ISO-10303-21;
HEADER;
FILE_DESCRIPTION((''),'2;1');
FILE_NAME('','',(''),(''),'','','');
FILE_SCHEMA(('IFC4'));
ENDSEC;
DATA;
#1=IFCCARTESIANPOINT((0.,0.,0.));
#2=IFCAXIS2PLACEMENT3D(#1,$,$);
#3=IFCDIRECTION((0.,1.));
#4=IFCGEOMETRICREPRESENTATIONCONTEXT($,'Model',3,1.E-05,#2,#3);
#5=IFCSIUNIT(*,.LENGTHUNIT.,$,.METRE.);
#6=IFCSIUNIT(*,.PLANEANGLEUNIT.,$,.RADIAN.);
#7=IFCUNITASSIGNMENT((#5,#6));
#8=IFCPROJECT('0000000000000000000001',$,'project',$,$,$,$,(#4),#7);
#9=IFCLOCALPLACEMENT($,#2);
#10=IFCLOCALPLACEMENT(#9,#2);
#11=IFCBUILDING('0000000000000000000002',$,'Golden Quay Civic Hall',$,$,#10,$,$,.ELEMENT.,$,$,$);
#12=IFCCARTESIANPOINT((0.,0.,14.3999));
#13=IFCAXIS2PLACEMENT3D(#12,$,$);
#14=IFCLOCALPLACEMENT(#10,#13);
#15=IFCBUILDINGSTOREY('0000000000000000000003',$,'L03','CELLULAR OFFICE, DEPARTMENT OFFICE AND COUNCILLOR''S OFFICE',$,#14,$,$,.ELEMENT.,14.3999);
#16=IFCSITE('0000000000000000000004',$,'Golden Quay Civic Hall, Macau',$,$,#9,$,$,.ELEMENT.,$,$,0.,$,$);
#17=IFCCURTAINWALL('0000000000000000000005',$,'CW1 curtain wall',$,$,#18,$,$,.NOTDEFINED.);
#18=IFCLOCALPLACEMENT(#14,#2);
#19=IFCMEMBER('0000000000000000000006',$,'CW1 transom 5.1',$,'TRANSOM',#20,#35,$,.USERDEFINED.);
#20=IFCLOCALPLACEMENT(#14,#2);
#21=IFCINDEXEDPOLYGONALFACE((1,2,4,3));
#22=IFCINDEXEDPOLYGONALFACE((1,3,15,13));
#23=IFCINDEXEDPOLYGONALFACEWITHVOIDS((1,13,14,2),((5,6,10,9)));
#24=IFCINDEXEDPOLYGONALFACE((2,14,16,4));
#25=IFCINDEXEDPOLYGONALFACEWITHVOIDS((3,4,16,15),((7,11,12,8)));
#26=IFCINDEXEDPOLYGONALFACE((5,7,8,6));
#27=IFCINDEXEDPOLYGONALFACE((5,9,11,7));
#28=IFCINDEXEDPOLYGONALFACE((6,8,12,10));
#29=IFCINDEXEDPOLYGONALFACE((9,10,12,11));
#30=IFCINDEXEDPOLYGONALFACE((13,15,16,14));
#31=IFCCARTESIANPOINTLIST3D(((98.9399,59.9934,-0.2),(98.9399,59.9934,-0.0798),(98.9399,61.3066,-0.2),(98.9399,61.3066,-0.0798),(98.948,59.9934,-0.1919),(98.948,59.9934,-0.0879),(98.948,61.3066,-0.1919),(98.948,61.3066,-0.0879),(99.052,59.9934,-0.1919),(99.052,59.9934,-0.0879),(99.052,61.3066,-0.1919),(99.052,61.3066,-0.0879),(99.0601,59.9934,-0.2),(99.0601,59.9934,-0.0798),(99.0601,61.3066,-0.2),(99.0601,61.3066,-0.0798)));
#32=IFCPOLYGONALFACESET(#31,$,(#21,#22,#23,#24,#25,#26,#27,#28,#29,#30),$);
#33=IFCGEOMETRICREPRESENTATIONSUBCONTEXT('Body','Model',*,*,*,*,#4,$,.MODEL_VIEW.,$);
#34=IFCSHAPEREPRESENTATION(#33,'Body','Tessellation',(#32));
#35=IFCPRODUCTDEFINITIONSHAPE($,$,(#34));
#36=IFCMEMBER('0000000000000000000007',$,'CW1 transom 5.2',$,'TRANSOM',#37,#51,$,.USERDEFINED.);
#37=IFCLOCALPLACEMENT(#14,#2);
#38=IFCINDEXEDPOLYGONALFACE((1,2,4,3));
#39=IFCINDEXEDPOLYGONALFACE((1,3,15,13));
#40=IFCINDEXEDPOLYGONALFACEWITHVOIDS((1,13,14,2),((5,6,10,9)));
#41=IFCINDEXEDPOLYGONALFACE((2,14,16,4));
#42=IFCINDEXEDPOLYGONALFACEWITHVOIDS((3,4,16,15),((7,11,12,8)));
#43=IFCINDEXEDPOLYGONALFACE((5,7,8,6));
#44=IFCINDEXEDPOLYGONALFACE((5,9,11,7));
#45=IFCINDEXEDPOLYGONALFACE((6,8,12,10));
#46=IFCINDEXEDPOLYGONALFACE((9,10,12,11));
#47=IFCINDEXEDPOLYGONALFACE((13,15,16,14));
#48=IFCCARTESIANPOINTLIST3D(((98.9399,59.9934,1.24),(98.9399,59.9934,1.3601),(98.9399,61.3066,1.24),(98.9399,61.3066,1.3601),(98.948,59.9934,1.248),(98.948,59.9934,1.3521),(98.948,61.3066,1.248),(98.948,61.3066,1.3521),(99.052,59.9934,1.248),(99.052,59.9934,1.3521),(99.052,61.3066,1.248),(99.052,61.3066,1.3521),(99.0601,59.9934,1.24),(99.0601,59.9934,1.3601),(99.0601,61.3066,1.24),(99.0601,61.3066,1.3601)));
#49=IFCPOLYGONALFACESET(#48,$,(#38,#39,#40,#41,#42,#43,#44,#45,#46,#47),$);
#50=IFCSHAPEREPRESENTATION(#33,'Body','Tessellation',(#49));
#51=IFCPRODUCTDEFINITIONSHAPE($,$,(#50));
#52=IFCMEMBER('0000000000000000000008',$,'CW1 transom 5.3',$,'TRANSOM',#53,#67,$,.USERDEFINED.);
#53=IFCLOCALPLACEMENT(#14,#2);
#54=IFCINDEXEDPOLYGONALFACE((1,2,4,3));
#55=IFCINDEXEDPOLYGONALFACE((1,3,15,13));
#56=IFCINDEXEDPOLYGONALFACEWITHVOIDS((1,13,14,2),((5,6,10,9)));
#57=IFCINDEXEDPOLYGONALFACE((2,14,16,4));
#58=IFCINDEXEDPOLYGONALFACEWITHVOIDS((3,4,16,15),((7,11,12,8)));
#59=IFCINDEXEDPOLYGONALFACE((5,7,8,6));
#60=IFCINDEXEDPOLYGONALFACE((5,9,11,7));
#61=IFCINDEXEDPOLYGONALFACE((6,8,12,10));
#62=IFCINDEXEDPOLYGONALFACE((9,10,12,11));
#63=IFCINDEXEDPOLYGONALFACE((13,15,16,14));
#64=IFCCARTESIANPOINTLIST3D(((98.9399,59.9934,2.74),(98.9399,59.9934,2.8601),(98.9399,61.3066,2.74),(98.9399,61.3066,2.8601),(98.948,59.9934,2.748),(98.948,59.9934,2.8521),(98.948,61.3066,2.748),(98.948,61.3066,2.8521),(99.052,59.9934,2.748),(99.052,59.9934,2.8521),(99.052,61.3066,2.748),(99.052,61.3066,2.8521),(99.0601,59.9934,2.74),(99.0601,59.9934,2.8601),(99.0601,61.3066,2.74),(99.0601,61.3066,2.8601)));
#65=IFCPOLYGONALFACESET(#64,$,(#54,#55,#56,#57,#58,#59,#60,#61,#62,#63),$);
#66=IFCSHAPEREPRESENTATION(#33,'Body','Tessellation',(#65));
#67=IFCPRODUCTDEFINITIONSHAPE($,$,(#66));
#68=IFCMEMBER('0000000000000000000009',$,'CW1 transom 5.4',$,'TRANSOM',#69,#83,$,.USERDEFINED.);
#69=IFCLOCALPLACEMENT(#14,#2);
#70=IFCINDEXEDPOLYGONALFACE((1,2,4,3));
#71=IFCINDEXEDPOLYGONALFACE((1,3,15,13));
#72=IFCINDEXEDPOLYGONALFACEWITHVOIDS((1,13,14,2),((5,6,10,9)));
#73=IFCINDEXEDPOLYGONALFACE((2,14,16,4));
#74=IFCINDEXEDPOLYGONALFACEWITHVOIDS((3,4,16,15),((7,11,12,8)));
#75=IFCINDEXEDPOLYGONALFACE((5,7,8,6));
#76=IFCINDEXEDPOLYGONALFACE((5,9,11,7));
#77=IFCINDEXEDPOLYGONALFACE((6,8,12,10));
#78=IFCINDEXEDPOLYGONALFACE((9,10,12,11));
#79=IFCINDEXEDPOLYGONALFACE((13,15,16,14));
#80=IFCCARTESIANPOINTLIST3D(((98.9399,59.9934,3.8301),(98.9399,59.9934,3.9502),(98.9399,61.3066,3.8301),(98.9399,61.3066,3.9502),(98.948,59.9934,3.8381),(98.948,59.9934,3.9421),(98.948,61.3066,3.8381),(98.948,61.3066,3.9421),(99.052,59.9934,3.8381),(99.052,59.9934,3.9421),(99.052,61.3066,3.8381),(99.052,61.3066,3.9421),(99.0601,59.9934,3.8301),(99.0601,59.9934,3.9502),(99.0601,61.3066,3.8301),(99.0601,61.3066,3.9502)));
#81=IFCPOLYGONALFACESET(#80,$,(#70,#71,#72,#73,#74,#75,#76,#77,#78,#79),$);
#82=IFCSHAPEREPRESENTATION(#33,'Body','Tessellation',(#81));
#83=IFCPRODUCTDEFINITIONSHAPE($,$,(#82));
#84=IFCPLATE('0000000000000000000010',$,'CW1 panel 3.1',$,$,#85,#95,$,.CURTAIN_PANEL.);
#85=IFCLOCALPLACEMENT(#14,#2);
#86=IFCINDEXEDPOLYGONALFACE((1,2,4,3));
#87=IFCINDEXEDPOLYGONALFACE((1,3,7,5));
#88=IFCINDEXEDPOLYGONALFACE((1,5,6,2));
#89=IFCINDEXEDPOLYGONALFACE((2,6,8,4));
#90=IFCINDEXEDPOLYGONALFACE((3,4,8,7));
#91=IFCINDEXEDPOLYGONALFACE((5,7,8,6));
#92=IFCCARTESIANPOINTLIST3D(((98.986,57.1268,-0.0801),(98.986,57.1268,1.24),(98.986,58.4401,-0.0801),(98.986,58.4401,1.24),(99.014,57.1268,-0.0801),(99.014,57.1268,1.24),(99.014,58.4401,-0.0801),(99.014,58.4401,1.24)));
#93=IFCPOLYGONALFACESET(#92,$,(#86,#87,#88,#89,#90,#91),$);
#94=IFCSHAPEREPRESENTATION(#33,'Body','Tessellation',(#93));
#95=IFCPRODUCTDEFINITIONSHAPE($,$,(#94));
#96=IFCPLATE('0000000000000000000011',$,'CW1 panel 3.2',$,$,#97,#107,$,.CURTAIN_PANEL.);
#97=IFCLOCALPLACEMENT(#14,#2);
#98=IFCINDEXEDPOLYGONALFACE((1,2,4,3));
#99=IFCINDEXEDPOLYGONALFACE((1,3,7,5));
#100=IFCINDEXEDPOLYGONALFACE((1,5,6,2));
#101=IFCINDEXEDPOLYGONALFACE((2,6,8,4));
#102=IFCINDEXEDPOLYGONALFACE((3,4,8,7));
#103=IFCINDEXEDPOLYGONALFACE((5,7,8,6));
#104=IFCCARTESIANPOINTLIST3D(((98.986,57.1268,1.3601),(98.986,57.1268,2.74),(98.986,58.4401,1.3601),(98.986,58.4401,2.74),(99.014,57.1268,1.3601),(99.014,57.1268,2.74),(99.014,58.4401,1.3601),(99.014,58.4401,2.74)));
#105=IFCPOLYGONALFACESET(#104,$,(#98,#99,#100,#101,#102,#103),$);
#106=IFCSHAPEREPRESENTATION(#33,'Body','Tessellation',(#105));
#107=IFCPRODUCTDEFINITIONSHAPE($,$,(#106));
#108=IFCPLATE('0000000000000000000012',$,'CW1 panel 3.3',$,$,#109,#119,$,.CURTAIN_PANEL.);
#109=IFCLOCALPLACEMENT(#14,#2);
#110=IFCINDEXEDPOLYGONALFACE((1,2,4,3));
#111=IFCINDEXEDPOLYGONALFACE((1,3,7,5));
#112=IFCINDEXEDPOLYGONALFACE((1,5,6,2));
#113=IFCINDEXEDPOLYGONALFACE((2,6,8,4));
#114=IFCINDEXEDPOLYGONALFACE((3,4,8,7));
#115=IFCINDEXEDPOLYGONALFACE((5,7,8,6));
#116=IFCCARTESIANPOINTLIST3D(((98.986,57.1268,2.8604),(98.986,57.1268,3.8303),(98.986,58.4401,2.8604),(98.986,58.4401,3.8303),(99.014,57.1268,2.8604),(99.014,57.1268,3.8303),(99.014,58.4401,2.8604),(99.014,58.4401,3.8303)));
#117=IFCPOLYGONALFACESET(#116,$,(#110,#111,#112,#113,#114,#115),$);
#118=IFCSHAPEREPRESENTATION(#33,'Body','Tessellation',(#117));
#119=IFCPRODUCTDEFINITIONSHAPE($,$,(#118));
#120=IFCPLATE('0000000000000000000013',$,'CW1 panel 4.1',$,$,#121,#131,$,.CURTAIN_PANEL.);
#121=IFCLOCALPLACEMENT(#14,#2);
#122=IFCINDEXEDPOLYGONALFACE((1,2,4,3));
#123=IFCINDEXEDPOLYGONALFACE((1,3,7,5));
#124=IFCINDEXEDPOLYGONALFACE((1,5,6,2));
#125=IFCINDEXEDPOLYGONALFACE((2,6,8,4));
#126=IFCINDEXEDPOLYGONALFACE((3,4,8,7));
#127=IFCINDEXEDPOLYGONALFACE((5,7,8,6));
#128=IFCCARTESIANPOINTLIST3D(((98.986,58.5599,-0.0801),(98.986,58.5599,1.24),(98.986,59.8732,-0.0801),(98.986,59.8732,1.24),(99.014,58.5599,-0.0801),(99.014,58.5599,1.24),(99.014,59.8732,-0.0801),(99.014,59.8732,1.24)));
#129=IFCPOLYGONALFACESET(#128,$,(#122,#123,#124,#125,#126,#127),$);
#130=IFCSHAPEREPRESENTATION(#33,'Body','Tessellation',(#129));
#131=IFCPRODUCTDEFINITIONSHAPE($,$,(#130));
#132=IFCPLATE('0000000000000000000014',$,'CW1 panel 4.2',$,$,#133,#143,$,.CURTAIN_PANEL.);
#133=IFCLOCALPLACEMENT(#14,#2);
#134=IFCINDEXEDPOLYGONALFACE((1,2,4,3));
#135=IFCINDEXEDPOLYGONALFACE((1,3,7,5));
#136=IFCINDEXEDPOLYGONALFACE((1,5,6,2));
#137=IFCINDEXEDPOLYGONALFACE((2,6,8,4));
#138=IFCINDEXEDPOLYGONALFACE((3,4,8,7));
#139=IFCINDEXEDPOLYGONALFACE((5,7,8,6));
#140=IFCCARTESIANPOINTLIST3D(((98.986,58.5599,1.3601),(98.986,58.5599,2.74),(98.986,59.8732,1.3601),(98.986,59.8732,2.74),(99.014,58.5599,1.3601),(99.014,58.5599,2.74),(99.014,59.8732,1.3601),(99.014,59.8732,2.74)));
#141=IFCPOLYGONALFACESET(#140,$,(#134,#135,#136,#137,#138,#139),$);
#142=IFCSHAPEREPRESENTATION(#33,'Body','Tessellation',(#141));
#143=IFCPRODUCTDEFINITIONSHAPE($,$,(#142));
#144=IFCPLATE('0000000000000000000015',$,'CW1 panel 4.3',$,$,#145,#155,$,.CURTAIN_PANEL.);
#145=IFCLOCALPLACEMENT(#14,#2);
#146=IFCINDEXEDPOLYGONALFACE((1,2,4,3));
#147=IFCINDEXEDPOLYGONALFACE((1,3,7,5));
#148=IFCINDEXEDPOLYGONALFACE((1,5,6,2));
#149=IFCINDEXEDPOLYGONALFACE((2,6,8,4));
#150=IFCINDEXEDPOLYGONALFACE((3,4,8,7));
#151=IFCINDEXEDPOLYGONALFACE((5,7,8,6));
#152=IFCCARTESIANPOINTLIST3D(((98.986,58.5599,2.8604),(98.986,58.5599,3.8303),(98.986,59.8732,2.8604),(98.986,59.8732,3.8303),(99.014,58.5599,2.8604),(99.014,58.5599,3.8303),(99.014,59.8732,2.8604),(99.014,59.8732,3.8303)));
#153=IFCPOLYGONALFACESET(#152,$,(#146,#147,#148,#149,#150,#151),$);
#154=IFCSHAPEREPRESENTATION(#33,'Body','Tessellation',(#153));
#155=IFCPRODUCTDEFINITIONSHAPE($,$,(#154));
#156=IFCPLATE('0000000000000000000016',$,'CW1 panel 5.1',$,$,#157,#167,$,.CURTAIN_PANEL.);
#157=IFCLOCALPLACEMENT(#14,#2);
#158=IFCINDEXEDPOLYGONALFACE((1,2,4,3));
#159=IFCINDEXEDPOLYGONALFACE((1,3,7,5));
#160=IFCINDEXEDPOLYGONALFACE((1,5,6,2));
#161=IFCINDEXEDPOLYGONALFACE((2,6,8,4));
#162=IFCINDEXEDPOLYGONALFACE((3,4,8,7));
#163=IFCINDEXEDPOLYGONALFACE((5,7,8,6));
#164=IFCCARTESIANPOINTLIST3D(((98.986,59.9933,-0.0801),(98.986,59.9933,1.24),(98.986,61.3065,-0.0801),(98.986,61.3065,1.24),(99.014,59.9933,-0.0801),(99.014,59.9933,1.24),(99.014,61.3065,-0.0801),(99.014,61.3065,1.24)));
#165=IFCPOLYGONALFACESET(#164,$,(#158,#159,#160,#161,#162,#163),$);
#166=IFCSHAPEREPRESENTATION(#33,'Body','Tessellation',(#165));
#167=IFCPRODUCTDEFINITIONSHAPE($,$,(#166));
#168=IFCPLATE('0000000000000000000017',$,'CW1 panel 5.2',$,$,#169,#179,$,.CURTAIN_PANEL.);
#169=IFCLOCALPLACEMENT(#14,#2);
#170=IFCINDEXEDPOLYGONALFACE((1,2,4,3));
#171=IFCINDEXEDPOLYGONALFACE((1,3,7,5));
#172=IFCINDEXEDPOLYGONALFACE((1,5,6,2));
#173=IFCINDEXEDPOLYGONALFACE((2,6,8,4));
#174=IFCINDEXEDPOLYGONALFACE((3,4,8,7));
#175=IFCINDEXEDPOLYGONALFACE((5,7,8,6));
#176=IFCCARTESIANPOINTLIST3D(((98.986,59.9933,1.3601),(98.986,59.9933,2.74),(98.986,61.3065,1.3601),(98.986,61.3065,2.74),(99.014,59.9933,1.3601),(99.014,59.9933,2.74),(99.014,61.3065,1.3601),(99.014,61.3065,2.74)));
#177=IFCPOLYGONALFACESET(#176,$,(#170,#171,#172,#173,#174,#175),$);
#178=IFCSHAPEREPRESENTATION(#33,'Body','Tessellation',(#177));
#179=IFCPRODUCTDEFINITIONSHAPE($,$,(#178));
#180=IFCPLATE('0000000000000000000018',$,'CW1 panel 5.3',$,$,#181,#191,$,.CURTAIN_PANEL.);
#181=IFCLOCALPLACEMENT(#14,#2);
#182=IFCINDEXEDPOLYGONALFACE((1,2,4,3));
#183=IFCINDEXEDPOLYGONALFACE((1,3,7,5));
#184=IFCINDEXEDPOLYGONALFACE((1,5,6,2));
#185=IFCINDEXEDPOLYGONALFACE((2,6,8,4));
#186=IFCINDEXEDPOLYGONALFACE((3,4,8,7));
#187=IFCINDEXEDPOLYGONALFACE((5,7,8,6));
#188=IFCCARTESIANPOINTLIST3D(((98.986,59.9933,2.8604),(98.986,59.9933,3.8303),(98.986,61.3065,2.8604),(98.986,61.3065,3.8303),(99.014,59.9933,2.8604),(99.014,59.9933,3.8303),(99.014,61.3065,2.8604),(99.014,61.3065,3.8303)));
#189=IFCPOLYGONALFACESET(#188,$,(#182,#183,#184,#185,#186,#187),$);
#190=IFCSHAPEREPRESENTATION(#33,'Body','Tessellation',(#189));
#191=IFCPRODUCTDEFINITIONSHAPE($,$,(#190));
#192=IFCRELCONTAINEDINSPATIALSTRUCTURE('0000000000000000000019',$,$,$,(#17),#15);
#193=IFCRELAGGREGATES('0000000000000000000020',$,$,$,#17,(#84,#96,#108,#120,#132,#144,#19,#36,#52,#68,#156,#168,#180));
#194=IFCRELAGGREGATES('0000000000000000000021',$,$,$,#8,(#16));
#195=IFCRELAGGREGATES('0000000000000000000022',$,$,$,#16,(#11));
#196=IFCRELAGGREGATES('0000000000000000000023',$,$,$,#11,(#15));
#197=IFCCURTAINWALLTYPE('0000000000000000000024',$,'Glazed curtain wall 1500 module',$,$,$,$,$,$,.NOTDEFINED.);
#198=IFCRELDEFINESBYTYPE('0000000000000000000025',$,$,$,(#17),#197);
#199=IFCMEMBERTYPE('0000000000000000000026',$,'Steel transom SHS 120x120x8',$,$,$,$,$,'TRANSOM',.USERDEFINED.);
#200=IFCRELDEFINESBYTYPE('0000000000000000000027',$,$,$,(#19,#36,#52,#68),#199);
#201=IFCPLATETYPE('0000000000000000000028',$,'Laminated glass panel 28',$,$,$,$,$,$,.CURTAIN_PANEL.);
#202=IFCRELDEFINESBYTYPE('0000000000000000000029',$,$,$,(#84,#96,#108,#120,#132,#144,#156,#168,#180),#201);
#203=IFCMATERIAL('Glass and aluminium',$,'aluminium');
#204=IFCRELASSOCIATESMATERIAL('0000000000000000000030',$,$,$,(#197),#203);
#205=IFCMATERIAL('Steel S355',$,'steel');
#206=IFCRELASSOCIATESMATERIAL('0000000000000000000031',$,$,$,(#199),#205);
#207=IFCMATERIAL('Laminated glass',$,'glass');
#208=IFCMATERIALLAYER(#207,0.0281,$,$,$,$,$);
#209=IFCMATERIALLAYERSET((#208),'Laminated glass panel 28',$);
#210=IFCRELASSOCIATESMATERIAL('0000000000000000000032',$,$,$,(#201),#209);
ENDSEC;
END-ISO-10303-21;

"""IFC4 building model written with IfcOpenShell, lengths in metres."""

from ifc_helpers import new_model, si_unit, direction, frame, origin, origin_2d, place, context, subcontext, project, spatial, rectangle, hollow_rectangle, extrude, material, layer, layer_set, material_profile, profile_set, type_object, element, aggregate, save


model = new_model("IFC4")

# Units and contexts
model_context = context("Model", 3, precision=1e-05, world=origin(), true_north=direction((0.0, 1.0)))
body_context = subcontext(model_context, "Body", "Model", "MODEL_VIEW")
ifc_project = project(units=[si_unit("LENGTHUNIT", "METRE"), si_unit("PLANEANGLEUNIT", "RADIAN")], contexts=[model_context])

# Site, building, storey
site_placement = place(None, origin())
site = spatial("IfcSite", under=ifc_project, at=site_placement, Name="Golden Quay Civic Hall, Macau", CompositionType="ELEMENT", RefElevation=0.0)
building_placement = place(site_placement, origin())
building = spatial("IfcBuilding", under=site, at=building_placement, Name="Golden Quay Civic Hall", CompositionType="ELEMENT")
storey_placement = place(building_placement, frame((0.0, 0.0, 14.3999)))
storey = spatial("IfcBuildingStorey", under=building, at=storey_placement, Name="L03", Description="CELLULAR OFFICE, DEPARTMENT OFFICE AND COUNCILLOR'S OFFICE", CompositionType="ELEMENT", Elevation=14.3999)

# Curtain wall, members, plates
ifc_material_1 = material(Name="Glass and aluminium", Category="aluminium")
curtain_wall_type = type_object("IfcCurtainWallType", Name="Glazed curtain wall 1500 module", PredefinedType="NOTDEFINED", material=ifc_material_1)
curtain_wall_placement = place(storey_placement, origin())
curtain_wall = element("IfcCurtainWall", 1, at=curtain_wall_placement, inside=storey, type_object=curtain_wall_type, Name="CW1 curtain wall", PredefinedType="NOTDEFINED")
ifc_material_2 = material(Name="Steel S355", Category="steel")
ifc_material_profile_1 = material_profile(ifc_material_2, hollow_rectangle(XDim=0.1201, YDim=0.1201, WallThickness=0.0081, at=origin_2d()), Name="SHS 120x120x8")
ifc_profile_set_1 = profile_set([ifc_material_profile_1], Name="Steel S355")
member_type_1 = type_object("IfcMemberType", Name="Steel transom SHS 120x120x8", ElementType="TRANSOM", PredefinedType="USERDEFINED", material=ifc_profile_set_1)
member_1_placement = place(storey_placement, frame((99.0, 59.9934, -0.1399), z_axis=(0.0, 1.0, 0.0), x_axis=(-1.0, 0.0, 0.0)))
member_1 = element("IfcMember", 2, at=member_1_placement, type_object=member_type_1, Name="CW1 transom 5.1", ObjectType="TRANSOM", PredefinedType="USERDEFINED", context=body_context, shape_type="SweptSolid", body=[
    extrude(hollow_rectangle(XDim=0.1201, YDim=0.1201, WallThickness=0.0081, at=origin_2d()), origin(), (0.0, 0.0, 1.0), 1.3132),
])
member_2_placement = place(storey_placement, frame((99.0, 59.9934, 1.3), z_axis=(0.0, 1.0, 0.0), x_axis=(-1.0, 0.0, 0.0)))
member_2 = element("IfcMember", 3, at=member_2_placement, type_object=member_type_1, Name="CW1 transom 5.2", ObjectType="TRANSOM", PredefinedType="USERDEFINED", context=body_context, shape_type="SweptSolid", body=[
    extrude(hollow_rectangle(XDim=0.1201, YDim=0.1201, WallThickness=0.0081, at=origin_2d()), origin(), (0.0, 0.0, 1.0), 1.3132),
])
member_3_placement = place(storey_placement, frame((99.0, 59.9934, 2.8), z_axis=(0.0, 1.0, 0.0), x_axis=(-1.0, 0.0, 0.0)))
member_3 = element("IfcMember", 4, at=member_3_placement, type_object=member_type_1, Name="CW1 transom 5.3", ObjectType="TRANSOM", PredefinedType="USERDEFINED", context=body_context, shape_type="SweptSolid", body=[
    extrude(hollow_rectangle(XDim=0.1201, YDim=0.1201, WallThickness=0.0081, at=origin_2d()), origin(), (0.0, 0.0, 1.0), 1.3132),
])
member_4_placement = place(storey_placement, frame((99.0, 59.9934, 3.8901), z_axis=(0.0, 1.0, 0.0), x_axis=(-1.0, 0.0, 0.0)))
member_4 = element("IfcMember", 5, at=member_4_placement, type_object=member_type_1, Name="CW1 transom 5.4", ObjectType="TRANSOM", PredefinedType="USERDEFINED", context=body_context, shape_type="SweptSolid", body=[
    extrude(hollow_rectangle(XDim=0.1201, YDim=0.1201, WallThickness=0.0081, at=origin_2d()), origin(), (0.0, 0.0, 1.0), 1.3132),
])
ifc_material_3 = material(Name="Laminated glass", Category="glass")
ifc_layer = layer(ifc_material_3, 0.0281)
ifc_layer_set = layer_set([ifc_layer], Name="Laminated glass panel 28")
plate_type = type_object("IfcPlateType", Name="Laminated glass panel 28", PredefinedType="CURTAIN_PANEL", material=ifc_layer_set)
plate_1_placement = place(storey_placement, frame((99.0, 57.7834, -0.0801), z_axis=(0.0, 0.0, 1.0), x_axis=(0.0, 1.0, 0.0)))
plate_1 = element("IfcPlate", 6, at=plate_1_placement, type_object=plate_type, Name="CW1 panel 3.1", PredefinedType="CURTAIN_PANEL", context=body_context, shape_type="SweptSolid", body=[
    extrude(rectangle(XDim=1.3132, YDim=0.0281, at=origin_2d()), origin(), (0.0, 0.0, 1.0), 1.3201),
])
plate_2_placement = place(storey_placement, frame((99.0, 57.7834, 1.3601), z_axis=(0.0, 0.0, 1.0), x_axis=(0.0, 1.0, 0.0)))
plate_2 = element("IfcPlate", 7, at=plate_2_placement, type_object=plate_type, Name="CW1 panel 3.2", PredefinedType="CURTAIN_PANEL", context=body_context, shape_type="SweptSolid", body=[
    extrude(rectangle(XDim=1.3132, YDim=0.0281, at=origin_2d()), origin(), (0.0, 0.0, 1.0), 1.3799),
])
plate_3_placement = place(storey_placement, frame((99.0, 57.7834, 2.8604), z_axis=(0.0, 0.0, 1.0), x_axis=(0.0, 1.0, 0.0)))
plate_3 = element("IfcPlate", 8, at=plate_3_placement, type_object=plate_type, Name="CW1 panel 3.3", PredefinedType="CURTAIN_PANEL", context=body_context, shape_type="SweptSolid", body=[
    extrude(rectangle(XDim=1.3132, YDim=0.0281, at=origin_2d()), origin(), (0.0, 0.0, 1.0), 0.97),
])
plate_4_placement = place(storey_placement, frame((99.0, 59.2166, -0.0801), z_axis=(0.0, 0.0, 1.0), x_axis=(0.0, 1.0, 0.0)))
plate_4 = element("IfcPlate", 9, at=plate_4_placement, type_object=plate_type, Name="CW1 panel 4.1", PredefinedType="CURTAIN_PANEL", context=body_context, shape_type="SweptSolid", body=[
    extrude(rectangle(XDim=1.3132, YDim=0.0281, at=origin_2d()), origin(), (0.0, 0.0, 1.0), 1.3201),
])
plate_5_placement = place(storey_placement, frame((99.0, 59.2166, 1.3601), z_axis=(0.0, 0.0, 1.0), x_axis=(0.0, 1.0, 0.0)))
plate_5 = element("IfcPlate", 10, at=plate_5_placement, type_object=plate_type, Name="CW1 panel 4.2", PredefinedType="CURTAIN_PANEL", context=body_context, shape_type="SweptSolid", body=[
    extrude(rectangle(XDim=1.3132, YDim=0.0281, at=origin_2d()), origin(), (0.0, 0.0, 1.0), 1.3799),
])
plate_6_placement = place(storey_placement, frame((99.0, 59.2166, 2.8604), z_axis=(0.0, 0.0, 1.0), x_axis=(0.0, 1.0, 0.0)))
plate_6 = element("IfcPlate", 11, at=plate_6_placement, type_object=plate_type, Name="CW1 panel 4.3", PredefinedType="CURTAIN_PANEL", context=body_context, shape_type="SweptSolid", body=[
    extrude(rectangle(XDim=1.3132, YDim=0.0281, at=origin_2d()), origin(), (0.0, 0.0, 1.0), 0.97),
])
plate_7_placement = place(storey_placement, frame((99.0, 60.6499, -0.0801), z_axis=(0.0, 0.0, 1.0), x_axis=(0.0, 1.0, 0.0)))
plate_7 = element("IfcPlate", 12, at=plate_7_placement, type_object=plate_type, Name="CW1 panel 5.1", PredefinedType="CURTAIN_PANEL", context=body_context, shape_type="SweptSolid", body=[
    extrude(rectangle(XDim=1.3132, YDim=0.0281, at=origin_2d()), origin(), (0.0, 0.0, 1.0), 1.3201),
])
plate_8_placement = place(storey_placement, frame((99.0, 60.6499, 1.3601), z_axis=(0.0, 0.0, 1.0), x_axis=(0.0, 1.0, 0.0)))
plate_8 = element("IfcPlate", 13, at=plate_8_placement, type_object=plate_type, Name="CW1 panel 5.2", PredefinedType="CURTAIN_PANEL", context=body_context, shape_type="SweptSolid", body=[
    extrude(rectangle(XDim=1.3132, YDim=0.0281, at=origin_2d()), origin(), (0.0, 0.0, 1.0), 1.3799),
])
plate_9_placement = place(storey_placement, frame((99.0, 60.6499, 2.8604), z_axis=(0.0, 0.0, 1.0), x_axis=(0.0, 1.0, 0.0)))
plate_9 = element("IfcPlate", 14, at=plate_9_placement, type_object=plate_type, Name="CW1 panel 5.3", PredefinedType="CURTAIN_PANEL", context=body_context, shape_type="SweptSolid", body=[
    extrude(rectangle(XDim=1.3132, YDim=0.0281, at=origin_2d()), origin(), (0.0, 0.0, 1.0), 0.97),
])
aggregate(curtain_wall, [plate_1, plate_2, plate_3, plate_4, plate_5, plate_6, member_1, member_2, member_3, member_4, plate_7, plate_8, plate_9])

save(model, "model.ifc")
